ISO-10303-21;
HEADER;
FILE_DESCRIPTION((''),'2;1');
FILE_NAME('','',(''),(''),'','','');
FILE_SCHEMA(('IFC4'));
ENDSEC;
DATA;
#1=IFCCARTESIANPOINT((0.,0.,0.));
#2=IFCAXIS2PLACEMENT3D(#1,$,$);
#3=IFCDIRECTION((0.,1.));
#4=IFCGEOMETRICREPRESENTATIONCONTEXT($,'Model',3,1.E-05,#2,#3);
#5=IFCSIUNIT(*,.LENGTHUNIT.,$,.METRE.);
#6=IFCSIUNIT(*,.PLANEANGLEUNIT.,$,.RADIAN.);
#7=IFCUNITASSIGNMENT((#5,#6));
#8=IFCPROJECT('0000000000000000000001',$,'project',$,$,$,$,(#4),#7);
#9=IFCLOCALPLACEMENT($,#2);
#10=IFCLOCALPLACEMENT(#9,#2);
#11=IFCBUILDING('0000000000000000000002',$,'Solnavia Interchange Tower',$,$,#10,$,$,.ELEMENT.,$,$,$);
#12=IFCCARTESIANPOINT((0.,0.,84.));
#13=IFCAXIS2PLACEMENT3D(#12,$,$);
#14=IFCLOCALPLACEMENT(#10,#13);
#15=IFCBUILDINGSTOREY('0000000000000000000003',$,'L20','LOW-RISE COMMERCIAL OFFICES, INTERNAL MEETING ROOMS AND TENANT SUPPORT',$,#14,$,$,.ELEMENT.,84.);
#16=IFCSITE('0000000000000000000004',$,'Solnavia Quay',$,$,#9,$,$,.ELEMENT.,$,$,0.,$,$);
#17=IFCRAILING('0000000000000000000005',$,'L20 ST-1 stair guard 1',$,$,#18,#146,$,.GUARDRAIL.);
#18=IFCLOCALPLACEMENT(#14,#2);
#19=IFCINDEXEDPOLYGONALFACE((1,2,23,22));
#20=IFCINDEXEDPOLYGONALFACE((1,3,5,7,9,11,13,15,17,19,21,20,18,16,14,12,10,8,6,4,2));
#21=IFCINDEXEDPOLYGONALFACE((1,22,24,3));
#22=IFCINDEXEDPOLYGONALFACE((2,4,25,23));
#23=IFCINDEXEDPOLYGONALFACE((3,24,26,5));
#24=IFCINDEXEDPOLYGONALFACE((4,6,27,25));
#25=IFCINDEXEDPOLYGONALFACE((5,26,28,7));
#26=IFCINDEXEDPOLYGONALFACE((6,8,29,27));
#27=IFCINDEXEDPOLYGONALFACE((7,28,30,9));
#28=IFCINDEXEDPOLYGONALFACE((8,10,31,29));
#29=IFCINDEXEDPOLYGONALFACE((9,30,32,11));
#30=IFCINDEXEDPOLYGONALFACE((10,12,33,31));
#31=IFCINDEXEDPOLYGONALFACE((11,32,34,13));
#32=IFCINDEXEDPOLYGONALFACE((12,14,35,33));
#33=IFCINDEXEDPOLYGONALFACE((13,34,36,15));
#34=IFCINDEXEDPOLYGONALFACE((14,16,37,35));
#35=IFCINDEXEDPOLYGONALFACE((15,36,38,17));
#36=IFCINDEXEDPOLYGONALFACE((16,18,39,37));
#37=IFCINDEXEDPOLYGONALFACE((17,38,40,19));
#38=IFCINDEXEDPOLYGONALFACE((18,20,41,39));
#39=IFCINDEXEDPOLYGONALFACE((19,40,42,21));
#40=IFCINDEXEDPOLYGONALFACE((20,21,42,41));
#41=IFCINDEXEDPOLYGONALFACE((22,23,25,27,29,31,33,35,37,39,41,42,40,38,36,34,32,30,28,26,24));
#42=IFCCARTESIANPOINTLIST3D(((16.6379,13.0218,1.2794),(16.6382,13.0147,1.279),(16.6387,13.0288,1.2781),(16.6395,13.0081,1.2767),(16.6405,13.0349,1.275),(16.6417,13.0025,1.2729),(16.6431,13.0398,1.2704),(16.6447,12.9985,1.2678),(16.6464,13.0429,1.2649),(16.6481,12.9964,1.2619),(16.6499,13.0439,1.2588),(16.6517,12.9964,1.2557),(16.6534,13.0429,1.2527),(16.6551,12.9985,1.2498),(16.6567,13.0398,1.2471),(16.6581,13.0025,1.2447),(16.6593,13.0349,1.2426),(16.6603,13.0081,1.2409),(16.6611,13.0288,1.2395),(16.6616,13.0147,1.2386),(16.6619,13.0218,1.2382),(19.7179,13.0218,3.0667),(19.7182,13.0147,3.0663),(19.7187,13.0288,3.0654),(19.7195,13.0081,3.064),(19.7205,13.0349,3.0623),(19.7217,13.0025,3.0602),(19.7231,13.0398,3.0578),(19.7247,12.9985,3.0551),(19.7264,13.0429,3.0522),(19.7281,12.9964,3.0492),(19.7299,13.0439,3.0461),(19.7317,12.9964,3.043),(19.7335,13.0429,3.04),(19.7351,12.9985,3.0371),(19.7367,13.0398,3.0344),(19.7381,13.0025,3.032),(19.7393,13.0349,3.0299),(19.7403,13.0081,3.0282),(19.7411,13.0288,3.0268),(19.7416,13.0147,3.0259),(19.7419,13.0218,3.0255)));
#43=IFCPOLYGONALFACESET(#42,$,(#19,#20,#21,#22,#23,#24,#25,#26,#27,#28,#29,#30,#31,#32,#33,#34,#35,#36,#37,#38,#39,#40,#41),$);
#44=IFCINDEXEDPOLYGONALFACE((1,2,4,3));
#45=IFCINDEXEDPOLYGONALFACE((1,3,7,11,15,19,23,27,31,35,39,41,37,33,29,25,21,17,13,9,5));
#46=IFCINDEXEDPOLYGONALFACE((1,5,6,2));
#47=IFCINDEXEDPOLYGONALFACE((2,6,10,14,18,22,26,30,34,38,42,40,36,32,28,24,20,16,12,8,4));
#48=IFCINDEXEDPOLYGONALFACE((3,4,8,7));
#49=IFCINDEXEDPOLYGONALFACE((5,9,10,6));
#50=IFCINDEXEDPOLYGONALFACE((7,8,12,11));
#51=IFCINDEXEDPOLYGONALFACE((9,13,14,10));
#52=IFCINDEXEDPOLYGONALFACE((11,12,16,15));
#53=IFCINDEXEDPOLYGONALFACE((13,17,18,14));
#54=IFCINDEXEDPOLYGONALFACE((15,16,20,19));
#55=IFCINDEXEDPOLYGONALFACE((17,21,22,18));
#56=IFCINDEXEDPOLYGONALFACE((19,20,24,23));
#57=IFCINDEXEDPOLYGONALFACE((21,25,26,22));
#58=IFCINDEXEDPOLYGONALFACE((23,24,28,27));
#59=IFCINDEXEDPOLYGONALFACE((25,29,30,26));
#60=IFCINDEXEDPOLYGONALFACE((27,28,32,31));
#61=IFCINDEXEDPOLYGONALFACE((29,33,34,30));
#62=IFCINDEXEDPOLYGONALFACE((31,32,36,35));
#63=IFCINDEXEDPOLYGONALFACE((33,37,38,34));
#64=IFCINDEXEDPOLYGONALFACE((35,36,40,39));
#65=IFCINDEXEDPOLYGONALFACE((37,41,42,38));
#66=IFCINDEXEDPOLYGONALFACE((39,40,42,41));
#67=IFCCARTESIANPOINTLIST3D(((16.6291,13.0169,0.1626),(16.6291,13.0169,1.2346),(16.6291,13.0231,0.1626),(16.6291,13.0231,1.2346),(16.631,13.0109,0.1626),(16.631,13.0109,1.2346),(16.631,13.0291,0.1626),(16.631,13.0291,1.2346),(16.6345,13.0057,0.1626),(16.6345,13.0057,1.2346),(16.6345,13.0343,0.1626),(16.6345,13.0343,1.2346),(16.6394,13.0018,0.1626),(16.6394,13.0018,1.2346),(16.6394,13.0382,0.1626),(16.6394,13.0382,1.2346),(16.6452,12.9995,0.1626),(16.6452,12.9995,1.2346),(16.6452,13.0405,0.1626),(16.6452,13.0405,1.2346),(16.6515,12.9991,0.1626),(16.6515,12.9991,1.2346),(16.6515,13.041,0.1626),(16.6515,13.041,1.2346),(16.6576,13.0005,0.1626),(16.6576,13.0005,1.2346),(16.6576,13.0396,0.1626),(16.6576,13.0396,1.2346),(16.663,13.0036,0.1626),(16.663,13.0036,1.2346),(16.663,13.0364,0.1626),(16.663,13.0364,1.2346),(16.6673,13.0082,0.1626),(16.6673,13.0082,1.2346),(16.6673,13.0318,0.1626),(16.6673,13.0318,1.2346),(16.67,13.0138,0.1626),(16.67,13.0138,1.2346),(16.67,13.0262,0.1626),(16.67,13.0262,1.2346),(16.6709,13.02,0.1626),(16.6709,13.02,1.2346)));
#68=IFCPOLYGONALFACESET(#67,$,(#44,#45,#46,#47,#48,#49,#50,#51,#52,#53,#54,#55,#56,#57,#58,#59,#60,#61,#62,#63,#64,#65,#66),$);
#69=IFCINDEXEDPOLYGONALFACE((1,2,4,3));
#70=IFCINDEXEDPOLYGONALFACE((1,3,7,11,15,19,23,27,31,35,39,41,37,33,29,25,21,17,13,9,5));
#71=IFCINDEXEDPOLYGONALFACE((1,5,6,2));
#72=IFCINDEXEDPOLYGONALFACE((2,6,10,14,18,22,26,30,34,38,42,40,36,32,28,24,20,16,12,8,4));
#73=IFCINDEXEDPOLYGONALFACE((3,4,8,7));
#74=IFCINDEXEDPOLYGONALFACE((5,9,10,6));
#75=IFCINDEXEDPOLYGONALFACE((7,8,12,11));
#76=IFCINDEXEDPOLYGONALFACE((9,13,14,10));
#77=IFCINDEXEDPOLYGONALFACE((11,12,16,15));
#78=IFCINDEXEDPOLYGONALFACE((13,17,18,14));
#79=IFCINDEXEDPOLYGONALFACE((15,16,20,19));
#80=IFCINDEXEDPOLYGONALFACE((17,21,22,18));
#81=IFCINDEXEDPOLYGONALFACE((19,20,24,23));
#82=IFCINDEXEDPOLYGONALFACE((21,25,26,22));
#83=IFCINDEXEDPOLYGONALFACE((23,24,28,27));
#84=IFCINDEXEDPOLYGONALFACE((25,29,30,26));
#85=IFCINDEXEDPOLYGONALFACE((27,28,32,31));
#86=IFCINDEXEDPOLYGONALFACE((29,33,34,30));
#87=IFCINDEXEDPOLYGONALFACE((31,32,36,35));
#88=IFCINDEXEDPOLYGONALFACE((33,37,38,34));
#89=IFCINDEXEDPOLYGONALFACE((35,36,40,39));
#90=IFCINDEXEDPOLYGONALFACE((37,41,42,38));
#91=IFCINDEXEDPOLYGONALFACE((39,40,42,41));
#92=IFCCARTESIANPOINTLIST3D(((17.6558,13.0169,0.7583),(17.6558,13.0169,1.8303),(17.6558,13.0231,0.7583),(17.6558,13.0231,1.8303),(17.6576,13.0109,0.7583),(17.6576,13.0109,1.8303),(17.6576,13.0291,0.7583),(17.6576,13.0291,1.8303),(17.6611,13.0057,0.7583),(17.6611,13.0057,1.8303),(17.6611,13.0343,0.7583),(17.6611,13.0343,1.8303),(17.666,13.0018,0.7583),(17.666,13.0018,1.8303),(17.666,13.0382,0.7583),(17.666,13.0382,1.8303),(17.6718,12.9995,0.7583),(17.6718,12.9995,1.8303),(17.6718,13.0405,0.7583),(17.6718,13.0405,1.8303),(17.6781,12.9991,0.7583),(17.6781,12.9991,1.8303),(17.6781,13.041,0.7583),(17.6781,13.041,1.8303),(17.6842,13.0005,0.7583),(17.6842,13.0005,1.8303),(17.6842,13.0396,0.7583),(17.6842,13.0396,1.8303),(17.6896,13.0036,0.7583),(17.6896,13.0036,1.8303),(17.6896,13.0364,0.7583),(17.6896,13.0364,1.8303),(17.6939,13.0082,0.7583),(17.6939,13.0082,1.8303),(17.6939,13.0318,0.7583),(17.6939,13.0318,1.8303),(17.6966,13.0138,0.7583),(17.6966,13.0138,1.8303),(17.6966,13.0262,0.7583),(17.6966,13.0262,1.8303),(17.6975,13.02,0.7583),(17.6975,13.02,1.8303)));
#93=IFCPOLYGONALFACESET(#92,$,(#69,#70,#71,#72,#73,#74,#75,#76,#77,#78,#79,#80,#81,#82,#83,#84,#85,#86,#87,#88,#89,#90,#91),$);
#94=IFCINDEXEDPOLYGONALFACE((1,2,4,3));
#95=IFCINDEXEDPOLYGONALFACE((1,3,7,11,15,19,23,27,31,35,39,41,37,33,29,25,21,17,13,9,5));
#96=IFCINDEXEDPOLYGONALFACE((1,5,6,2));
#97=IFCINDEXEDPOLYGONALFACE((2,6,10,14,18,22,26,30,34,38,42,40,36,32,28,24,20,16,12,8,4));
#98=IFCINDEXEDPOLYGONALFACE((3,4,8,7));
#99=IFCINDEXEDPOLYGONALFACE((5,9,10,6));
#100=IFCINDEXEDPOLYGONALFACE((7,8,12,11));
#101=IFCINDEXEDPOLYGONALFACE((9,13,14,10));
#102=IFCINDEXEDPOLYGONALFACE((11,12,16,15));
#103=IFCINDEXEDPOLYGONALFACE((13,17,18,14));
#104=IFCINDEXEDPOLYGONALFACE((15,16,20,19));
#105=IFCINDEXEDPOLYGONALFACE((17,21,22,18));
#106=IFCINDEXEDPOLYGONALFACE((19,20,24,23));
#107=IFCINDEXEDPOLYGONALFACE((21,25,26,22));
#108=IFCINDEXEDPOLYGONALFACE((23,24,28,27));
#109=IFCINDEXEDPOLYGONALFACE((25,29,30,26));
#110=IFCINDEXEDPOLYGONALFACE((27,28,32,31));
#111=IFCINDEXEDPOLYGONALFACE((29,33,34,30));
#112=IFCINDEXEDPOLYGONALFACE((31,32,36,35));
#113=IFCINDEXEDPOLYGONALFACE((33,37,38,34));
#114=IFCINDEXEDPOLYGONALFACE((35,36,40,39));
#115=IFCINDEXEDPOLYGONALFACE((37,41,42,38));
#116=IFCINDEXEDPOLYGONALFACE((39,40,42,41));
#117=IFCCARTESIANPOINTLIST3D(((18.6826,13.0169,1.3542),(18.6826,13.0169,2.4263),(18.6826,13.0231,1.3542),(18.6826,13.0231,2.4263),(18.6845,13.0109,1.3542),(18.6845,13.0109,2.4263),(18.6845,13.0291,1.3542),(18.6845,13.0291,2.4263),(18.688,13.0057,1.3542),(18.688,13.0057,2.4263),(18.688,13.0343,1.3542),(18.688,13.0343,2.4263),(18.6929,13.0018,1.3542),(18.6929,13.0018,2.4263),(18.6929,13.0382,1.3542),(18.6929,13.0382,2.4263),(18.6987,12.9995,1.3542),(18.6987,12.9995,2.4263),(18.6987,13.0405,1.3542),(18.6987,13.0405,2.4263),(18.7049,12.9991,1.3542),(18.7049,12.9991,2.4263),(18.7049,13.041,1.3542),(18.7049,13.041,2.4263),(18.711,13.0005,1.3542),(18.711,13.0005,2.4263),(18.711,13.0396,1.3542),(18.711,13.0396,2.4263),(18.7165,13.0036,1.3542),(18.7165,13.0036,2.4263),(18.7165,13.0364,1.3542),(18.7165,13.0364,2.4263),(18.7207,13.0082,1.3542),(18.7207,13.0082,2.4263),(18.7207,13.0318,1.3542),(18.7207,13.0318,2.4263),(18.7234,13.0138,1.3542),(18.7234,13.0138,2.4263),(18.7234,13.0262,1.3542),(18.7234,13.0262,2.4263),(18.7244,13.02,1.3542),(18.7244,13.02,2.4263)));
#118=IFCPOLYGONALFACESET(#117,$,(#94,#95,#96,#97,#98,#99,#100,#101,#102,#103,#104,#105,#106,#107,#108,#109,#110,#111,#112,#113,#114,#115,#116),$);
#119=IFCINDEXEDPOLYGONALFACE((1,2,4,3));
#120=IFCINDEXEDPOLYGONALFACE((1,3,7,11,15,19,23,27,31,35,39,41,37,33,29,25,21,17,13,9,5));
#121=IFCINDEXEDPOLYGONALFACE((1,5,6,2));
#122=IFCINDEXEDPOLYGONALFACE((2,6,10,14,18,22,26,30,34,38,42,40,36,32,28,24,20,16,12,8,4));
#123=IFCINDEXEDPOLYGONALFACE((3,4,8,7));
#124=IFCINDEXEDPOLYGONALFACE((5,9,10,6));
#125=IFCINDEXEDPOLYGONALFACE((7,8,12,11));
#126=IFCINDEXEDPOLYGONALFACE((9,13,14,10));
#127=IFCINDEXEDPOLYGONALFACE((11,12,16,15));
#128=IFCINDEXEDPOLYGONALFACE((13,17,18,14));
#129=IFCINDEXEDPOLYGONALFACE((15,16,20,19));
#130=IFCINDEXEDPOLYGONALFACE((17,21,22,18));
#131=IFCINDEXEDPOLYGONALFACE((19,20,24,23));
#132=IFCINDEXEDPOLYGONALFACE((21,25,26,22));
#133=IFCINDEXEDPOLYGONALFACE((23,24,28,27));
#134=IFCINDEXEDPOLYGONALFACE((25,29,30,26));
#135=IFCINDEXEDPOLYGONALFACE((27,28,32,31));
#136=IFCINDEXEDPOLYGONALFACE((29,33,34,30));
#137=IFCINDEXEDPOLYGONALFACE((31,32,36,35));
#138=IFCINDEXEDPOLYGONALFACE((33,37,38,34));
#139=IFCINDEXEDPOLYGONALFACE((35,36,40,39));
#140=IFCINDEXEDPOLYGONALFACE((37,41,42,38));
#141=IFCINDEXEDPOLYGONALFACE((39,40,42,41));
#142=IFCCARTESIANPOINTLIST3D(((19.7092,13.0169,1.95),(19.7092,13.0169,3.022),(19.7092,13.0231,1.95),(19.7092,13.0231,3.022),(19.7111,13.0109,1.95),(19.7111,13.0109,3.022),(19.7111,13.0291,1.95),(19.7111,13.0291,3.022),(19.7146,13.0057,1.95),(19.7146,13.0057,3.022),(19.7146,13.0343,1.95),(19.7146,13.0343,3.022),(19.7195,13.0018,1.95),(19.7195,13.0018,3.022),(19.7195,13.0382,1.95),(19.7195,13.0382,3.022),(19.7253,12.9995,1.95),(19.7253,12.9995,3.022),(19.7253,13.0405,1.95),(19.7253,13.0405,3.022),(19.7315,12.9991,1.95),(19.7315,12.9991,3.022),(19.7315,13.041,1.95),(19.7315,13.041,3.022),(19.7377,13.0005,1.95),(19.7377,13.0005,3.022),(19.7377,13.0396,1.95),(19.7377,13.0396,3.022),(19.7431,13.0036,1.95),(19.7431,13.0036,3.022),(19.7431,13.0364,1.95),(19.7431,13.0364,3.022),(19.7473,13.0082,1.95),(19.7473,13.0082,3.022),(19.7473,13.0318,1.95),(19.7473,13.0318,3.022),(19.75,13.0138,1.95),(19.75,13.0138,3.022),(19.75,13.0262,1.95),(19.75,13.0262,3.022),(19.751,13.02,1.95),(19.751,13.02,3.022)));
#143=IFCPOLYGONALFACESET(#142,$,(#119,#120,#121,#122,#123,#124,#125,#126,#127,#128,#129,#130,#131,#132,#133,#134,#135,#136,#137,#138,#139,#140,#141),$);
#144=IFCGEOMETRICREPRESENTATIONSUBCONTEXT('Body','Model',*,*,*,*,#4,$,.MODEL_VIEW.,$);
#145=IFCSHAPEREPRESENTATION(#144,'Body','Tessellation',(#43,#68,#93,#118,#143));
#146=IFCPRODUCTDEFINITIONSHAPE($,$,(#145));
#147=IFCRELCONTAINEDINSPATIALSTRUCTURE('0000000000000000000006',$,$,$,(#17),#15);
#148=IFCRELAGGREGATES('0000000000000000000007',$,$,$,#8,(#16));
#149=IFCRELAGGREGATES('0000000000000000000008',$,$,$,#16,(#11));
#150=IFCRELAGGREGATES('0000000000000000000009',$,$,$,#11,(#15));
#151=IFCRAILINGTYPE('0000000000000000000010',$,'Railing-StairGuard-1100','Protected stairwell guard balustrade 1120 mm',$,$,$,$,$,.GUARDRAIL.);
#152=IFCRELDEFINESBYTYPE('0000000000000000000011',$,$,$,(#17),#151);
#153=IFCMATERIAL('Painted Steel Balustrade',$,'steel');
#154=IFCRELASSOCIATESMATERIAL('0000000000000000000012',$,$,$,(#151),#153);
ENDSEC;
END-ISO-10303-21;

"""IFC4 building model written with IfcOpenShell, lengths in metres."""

from ifc_helpers import new_model, si_unit, direction, frame, origin, origin_2d, place, context, subcontext, project, spatial, circle, extrude, material, type_object, element, save


model = new_model("IFC4")

# Units and contexts
model_context = context("Model", 3, precision=1e-05, world=origin(), true_north=direction((0.0, 1.0)))
body_context = subcontext(model_context, "Body", "Model", "MODEL_VIEW")
ifc_project = project(units=[si_unit("LENGTHUNIT", "METRE"), si_unit("PLANEANGLEUNIT", "RADIAN")], contexts=[model_context])

# Site, building, storey
site_placement = place(None, origin())
site = spatial("IfcSite", under=ifc_project, at=site_placement, Name="Solnavia Quay", CompositionType="ELEMENT", RefElevation=0.0)
building_placement = place(site_placement, origin())
building = spatial("IfcBuilding", under=site, at=building_placement, Name="Solnavia Interchange Tower", CompositionType="ELEMENT")
storey_placement = place(building_placement, frame((0.0, 0.0, 84.0)))
storey = spatial("IfcBuildingStorey", under=building, at=storey_placement, Name="L20", Description="LOW-RISE COMMERCIAL OFFICES, INTERNAL MEETING ROOMS AND TENANT SUPPORT", CompositionType="ELEMENT", Elevation=84.0)

# Railing
ifc_material_1 = material(Name="Painted Steel Balustrade", Category="steel")
railing_type_1 = type_object("IfcRailingType", Name="Railing-StairGuard-1100", Description="Protected stairwell guard balustrade 1120 mm", PredefinedType="GUARDRAIL", material=ifc_material_1)
railing_1_placement = place(storey_placement, frame((16.6499, 13.02, 0.1626)))
element("IfcRailing", 1, at=railing_1_placement, inside=storey, type_object=railing_type_1, Name="L20 ST-1 stair guard 1", PredefinedType="GUARDRAIL", context=body_context, shape_type="SweptSolid", body=[
    extrude(circle(Radius=0.0239, at=origin_2d()), frame((0.0, 0.0, 1.0962), z_axis=(0.86492, 0.0, 0.501909), x_axis=(0.0, 1.0, 0.0)), (0.0, 0.0, 1.0), 3.561),
    extrude(circle(Radius=0.021, at=origin_2d()), origin(), (0.0, 0.0, 1.0), 1.072),
    extrude(circle(Radius=0.021, at=origin_2d()), frame((1.0266, 0.0, 0.5957)), (0.0, 0.0, 1.0), 1.072),
    extrude(circle(Radius=0.021, at=origin_2d()), frame((2.0535, 0.0, 1.1917)), (0.0, 0.0, 1.0), 1.072),
    extrude(circle(Radius=0.021, at=origin_2d()), frame((3.0801, 0.0, 1.7874)), (0.0, 0.0, 1.0), 1.072),
])

save(model, "model.ifc")
